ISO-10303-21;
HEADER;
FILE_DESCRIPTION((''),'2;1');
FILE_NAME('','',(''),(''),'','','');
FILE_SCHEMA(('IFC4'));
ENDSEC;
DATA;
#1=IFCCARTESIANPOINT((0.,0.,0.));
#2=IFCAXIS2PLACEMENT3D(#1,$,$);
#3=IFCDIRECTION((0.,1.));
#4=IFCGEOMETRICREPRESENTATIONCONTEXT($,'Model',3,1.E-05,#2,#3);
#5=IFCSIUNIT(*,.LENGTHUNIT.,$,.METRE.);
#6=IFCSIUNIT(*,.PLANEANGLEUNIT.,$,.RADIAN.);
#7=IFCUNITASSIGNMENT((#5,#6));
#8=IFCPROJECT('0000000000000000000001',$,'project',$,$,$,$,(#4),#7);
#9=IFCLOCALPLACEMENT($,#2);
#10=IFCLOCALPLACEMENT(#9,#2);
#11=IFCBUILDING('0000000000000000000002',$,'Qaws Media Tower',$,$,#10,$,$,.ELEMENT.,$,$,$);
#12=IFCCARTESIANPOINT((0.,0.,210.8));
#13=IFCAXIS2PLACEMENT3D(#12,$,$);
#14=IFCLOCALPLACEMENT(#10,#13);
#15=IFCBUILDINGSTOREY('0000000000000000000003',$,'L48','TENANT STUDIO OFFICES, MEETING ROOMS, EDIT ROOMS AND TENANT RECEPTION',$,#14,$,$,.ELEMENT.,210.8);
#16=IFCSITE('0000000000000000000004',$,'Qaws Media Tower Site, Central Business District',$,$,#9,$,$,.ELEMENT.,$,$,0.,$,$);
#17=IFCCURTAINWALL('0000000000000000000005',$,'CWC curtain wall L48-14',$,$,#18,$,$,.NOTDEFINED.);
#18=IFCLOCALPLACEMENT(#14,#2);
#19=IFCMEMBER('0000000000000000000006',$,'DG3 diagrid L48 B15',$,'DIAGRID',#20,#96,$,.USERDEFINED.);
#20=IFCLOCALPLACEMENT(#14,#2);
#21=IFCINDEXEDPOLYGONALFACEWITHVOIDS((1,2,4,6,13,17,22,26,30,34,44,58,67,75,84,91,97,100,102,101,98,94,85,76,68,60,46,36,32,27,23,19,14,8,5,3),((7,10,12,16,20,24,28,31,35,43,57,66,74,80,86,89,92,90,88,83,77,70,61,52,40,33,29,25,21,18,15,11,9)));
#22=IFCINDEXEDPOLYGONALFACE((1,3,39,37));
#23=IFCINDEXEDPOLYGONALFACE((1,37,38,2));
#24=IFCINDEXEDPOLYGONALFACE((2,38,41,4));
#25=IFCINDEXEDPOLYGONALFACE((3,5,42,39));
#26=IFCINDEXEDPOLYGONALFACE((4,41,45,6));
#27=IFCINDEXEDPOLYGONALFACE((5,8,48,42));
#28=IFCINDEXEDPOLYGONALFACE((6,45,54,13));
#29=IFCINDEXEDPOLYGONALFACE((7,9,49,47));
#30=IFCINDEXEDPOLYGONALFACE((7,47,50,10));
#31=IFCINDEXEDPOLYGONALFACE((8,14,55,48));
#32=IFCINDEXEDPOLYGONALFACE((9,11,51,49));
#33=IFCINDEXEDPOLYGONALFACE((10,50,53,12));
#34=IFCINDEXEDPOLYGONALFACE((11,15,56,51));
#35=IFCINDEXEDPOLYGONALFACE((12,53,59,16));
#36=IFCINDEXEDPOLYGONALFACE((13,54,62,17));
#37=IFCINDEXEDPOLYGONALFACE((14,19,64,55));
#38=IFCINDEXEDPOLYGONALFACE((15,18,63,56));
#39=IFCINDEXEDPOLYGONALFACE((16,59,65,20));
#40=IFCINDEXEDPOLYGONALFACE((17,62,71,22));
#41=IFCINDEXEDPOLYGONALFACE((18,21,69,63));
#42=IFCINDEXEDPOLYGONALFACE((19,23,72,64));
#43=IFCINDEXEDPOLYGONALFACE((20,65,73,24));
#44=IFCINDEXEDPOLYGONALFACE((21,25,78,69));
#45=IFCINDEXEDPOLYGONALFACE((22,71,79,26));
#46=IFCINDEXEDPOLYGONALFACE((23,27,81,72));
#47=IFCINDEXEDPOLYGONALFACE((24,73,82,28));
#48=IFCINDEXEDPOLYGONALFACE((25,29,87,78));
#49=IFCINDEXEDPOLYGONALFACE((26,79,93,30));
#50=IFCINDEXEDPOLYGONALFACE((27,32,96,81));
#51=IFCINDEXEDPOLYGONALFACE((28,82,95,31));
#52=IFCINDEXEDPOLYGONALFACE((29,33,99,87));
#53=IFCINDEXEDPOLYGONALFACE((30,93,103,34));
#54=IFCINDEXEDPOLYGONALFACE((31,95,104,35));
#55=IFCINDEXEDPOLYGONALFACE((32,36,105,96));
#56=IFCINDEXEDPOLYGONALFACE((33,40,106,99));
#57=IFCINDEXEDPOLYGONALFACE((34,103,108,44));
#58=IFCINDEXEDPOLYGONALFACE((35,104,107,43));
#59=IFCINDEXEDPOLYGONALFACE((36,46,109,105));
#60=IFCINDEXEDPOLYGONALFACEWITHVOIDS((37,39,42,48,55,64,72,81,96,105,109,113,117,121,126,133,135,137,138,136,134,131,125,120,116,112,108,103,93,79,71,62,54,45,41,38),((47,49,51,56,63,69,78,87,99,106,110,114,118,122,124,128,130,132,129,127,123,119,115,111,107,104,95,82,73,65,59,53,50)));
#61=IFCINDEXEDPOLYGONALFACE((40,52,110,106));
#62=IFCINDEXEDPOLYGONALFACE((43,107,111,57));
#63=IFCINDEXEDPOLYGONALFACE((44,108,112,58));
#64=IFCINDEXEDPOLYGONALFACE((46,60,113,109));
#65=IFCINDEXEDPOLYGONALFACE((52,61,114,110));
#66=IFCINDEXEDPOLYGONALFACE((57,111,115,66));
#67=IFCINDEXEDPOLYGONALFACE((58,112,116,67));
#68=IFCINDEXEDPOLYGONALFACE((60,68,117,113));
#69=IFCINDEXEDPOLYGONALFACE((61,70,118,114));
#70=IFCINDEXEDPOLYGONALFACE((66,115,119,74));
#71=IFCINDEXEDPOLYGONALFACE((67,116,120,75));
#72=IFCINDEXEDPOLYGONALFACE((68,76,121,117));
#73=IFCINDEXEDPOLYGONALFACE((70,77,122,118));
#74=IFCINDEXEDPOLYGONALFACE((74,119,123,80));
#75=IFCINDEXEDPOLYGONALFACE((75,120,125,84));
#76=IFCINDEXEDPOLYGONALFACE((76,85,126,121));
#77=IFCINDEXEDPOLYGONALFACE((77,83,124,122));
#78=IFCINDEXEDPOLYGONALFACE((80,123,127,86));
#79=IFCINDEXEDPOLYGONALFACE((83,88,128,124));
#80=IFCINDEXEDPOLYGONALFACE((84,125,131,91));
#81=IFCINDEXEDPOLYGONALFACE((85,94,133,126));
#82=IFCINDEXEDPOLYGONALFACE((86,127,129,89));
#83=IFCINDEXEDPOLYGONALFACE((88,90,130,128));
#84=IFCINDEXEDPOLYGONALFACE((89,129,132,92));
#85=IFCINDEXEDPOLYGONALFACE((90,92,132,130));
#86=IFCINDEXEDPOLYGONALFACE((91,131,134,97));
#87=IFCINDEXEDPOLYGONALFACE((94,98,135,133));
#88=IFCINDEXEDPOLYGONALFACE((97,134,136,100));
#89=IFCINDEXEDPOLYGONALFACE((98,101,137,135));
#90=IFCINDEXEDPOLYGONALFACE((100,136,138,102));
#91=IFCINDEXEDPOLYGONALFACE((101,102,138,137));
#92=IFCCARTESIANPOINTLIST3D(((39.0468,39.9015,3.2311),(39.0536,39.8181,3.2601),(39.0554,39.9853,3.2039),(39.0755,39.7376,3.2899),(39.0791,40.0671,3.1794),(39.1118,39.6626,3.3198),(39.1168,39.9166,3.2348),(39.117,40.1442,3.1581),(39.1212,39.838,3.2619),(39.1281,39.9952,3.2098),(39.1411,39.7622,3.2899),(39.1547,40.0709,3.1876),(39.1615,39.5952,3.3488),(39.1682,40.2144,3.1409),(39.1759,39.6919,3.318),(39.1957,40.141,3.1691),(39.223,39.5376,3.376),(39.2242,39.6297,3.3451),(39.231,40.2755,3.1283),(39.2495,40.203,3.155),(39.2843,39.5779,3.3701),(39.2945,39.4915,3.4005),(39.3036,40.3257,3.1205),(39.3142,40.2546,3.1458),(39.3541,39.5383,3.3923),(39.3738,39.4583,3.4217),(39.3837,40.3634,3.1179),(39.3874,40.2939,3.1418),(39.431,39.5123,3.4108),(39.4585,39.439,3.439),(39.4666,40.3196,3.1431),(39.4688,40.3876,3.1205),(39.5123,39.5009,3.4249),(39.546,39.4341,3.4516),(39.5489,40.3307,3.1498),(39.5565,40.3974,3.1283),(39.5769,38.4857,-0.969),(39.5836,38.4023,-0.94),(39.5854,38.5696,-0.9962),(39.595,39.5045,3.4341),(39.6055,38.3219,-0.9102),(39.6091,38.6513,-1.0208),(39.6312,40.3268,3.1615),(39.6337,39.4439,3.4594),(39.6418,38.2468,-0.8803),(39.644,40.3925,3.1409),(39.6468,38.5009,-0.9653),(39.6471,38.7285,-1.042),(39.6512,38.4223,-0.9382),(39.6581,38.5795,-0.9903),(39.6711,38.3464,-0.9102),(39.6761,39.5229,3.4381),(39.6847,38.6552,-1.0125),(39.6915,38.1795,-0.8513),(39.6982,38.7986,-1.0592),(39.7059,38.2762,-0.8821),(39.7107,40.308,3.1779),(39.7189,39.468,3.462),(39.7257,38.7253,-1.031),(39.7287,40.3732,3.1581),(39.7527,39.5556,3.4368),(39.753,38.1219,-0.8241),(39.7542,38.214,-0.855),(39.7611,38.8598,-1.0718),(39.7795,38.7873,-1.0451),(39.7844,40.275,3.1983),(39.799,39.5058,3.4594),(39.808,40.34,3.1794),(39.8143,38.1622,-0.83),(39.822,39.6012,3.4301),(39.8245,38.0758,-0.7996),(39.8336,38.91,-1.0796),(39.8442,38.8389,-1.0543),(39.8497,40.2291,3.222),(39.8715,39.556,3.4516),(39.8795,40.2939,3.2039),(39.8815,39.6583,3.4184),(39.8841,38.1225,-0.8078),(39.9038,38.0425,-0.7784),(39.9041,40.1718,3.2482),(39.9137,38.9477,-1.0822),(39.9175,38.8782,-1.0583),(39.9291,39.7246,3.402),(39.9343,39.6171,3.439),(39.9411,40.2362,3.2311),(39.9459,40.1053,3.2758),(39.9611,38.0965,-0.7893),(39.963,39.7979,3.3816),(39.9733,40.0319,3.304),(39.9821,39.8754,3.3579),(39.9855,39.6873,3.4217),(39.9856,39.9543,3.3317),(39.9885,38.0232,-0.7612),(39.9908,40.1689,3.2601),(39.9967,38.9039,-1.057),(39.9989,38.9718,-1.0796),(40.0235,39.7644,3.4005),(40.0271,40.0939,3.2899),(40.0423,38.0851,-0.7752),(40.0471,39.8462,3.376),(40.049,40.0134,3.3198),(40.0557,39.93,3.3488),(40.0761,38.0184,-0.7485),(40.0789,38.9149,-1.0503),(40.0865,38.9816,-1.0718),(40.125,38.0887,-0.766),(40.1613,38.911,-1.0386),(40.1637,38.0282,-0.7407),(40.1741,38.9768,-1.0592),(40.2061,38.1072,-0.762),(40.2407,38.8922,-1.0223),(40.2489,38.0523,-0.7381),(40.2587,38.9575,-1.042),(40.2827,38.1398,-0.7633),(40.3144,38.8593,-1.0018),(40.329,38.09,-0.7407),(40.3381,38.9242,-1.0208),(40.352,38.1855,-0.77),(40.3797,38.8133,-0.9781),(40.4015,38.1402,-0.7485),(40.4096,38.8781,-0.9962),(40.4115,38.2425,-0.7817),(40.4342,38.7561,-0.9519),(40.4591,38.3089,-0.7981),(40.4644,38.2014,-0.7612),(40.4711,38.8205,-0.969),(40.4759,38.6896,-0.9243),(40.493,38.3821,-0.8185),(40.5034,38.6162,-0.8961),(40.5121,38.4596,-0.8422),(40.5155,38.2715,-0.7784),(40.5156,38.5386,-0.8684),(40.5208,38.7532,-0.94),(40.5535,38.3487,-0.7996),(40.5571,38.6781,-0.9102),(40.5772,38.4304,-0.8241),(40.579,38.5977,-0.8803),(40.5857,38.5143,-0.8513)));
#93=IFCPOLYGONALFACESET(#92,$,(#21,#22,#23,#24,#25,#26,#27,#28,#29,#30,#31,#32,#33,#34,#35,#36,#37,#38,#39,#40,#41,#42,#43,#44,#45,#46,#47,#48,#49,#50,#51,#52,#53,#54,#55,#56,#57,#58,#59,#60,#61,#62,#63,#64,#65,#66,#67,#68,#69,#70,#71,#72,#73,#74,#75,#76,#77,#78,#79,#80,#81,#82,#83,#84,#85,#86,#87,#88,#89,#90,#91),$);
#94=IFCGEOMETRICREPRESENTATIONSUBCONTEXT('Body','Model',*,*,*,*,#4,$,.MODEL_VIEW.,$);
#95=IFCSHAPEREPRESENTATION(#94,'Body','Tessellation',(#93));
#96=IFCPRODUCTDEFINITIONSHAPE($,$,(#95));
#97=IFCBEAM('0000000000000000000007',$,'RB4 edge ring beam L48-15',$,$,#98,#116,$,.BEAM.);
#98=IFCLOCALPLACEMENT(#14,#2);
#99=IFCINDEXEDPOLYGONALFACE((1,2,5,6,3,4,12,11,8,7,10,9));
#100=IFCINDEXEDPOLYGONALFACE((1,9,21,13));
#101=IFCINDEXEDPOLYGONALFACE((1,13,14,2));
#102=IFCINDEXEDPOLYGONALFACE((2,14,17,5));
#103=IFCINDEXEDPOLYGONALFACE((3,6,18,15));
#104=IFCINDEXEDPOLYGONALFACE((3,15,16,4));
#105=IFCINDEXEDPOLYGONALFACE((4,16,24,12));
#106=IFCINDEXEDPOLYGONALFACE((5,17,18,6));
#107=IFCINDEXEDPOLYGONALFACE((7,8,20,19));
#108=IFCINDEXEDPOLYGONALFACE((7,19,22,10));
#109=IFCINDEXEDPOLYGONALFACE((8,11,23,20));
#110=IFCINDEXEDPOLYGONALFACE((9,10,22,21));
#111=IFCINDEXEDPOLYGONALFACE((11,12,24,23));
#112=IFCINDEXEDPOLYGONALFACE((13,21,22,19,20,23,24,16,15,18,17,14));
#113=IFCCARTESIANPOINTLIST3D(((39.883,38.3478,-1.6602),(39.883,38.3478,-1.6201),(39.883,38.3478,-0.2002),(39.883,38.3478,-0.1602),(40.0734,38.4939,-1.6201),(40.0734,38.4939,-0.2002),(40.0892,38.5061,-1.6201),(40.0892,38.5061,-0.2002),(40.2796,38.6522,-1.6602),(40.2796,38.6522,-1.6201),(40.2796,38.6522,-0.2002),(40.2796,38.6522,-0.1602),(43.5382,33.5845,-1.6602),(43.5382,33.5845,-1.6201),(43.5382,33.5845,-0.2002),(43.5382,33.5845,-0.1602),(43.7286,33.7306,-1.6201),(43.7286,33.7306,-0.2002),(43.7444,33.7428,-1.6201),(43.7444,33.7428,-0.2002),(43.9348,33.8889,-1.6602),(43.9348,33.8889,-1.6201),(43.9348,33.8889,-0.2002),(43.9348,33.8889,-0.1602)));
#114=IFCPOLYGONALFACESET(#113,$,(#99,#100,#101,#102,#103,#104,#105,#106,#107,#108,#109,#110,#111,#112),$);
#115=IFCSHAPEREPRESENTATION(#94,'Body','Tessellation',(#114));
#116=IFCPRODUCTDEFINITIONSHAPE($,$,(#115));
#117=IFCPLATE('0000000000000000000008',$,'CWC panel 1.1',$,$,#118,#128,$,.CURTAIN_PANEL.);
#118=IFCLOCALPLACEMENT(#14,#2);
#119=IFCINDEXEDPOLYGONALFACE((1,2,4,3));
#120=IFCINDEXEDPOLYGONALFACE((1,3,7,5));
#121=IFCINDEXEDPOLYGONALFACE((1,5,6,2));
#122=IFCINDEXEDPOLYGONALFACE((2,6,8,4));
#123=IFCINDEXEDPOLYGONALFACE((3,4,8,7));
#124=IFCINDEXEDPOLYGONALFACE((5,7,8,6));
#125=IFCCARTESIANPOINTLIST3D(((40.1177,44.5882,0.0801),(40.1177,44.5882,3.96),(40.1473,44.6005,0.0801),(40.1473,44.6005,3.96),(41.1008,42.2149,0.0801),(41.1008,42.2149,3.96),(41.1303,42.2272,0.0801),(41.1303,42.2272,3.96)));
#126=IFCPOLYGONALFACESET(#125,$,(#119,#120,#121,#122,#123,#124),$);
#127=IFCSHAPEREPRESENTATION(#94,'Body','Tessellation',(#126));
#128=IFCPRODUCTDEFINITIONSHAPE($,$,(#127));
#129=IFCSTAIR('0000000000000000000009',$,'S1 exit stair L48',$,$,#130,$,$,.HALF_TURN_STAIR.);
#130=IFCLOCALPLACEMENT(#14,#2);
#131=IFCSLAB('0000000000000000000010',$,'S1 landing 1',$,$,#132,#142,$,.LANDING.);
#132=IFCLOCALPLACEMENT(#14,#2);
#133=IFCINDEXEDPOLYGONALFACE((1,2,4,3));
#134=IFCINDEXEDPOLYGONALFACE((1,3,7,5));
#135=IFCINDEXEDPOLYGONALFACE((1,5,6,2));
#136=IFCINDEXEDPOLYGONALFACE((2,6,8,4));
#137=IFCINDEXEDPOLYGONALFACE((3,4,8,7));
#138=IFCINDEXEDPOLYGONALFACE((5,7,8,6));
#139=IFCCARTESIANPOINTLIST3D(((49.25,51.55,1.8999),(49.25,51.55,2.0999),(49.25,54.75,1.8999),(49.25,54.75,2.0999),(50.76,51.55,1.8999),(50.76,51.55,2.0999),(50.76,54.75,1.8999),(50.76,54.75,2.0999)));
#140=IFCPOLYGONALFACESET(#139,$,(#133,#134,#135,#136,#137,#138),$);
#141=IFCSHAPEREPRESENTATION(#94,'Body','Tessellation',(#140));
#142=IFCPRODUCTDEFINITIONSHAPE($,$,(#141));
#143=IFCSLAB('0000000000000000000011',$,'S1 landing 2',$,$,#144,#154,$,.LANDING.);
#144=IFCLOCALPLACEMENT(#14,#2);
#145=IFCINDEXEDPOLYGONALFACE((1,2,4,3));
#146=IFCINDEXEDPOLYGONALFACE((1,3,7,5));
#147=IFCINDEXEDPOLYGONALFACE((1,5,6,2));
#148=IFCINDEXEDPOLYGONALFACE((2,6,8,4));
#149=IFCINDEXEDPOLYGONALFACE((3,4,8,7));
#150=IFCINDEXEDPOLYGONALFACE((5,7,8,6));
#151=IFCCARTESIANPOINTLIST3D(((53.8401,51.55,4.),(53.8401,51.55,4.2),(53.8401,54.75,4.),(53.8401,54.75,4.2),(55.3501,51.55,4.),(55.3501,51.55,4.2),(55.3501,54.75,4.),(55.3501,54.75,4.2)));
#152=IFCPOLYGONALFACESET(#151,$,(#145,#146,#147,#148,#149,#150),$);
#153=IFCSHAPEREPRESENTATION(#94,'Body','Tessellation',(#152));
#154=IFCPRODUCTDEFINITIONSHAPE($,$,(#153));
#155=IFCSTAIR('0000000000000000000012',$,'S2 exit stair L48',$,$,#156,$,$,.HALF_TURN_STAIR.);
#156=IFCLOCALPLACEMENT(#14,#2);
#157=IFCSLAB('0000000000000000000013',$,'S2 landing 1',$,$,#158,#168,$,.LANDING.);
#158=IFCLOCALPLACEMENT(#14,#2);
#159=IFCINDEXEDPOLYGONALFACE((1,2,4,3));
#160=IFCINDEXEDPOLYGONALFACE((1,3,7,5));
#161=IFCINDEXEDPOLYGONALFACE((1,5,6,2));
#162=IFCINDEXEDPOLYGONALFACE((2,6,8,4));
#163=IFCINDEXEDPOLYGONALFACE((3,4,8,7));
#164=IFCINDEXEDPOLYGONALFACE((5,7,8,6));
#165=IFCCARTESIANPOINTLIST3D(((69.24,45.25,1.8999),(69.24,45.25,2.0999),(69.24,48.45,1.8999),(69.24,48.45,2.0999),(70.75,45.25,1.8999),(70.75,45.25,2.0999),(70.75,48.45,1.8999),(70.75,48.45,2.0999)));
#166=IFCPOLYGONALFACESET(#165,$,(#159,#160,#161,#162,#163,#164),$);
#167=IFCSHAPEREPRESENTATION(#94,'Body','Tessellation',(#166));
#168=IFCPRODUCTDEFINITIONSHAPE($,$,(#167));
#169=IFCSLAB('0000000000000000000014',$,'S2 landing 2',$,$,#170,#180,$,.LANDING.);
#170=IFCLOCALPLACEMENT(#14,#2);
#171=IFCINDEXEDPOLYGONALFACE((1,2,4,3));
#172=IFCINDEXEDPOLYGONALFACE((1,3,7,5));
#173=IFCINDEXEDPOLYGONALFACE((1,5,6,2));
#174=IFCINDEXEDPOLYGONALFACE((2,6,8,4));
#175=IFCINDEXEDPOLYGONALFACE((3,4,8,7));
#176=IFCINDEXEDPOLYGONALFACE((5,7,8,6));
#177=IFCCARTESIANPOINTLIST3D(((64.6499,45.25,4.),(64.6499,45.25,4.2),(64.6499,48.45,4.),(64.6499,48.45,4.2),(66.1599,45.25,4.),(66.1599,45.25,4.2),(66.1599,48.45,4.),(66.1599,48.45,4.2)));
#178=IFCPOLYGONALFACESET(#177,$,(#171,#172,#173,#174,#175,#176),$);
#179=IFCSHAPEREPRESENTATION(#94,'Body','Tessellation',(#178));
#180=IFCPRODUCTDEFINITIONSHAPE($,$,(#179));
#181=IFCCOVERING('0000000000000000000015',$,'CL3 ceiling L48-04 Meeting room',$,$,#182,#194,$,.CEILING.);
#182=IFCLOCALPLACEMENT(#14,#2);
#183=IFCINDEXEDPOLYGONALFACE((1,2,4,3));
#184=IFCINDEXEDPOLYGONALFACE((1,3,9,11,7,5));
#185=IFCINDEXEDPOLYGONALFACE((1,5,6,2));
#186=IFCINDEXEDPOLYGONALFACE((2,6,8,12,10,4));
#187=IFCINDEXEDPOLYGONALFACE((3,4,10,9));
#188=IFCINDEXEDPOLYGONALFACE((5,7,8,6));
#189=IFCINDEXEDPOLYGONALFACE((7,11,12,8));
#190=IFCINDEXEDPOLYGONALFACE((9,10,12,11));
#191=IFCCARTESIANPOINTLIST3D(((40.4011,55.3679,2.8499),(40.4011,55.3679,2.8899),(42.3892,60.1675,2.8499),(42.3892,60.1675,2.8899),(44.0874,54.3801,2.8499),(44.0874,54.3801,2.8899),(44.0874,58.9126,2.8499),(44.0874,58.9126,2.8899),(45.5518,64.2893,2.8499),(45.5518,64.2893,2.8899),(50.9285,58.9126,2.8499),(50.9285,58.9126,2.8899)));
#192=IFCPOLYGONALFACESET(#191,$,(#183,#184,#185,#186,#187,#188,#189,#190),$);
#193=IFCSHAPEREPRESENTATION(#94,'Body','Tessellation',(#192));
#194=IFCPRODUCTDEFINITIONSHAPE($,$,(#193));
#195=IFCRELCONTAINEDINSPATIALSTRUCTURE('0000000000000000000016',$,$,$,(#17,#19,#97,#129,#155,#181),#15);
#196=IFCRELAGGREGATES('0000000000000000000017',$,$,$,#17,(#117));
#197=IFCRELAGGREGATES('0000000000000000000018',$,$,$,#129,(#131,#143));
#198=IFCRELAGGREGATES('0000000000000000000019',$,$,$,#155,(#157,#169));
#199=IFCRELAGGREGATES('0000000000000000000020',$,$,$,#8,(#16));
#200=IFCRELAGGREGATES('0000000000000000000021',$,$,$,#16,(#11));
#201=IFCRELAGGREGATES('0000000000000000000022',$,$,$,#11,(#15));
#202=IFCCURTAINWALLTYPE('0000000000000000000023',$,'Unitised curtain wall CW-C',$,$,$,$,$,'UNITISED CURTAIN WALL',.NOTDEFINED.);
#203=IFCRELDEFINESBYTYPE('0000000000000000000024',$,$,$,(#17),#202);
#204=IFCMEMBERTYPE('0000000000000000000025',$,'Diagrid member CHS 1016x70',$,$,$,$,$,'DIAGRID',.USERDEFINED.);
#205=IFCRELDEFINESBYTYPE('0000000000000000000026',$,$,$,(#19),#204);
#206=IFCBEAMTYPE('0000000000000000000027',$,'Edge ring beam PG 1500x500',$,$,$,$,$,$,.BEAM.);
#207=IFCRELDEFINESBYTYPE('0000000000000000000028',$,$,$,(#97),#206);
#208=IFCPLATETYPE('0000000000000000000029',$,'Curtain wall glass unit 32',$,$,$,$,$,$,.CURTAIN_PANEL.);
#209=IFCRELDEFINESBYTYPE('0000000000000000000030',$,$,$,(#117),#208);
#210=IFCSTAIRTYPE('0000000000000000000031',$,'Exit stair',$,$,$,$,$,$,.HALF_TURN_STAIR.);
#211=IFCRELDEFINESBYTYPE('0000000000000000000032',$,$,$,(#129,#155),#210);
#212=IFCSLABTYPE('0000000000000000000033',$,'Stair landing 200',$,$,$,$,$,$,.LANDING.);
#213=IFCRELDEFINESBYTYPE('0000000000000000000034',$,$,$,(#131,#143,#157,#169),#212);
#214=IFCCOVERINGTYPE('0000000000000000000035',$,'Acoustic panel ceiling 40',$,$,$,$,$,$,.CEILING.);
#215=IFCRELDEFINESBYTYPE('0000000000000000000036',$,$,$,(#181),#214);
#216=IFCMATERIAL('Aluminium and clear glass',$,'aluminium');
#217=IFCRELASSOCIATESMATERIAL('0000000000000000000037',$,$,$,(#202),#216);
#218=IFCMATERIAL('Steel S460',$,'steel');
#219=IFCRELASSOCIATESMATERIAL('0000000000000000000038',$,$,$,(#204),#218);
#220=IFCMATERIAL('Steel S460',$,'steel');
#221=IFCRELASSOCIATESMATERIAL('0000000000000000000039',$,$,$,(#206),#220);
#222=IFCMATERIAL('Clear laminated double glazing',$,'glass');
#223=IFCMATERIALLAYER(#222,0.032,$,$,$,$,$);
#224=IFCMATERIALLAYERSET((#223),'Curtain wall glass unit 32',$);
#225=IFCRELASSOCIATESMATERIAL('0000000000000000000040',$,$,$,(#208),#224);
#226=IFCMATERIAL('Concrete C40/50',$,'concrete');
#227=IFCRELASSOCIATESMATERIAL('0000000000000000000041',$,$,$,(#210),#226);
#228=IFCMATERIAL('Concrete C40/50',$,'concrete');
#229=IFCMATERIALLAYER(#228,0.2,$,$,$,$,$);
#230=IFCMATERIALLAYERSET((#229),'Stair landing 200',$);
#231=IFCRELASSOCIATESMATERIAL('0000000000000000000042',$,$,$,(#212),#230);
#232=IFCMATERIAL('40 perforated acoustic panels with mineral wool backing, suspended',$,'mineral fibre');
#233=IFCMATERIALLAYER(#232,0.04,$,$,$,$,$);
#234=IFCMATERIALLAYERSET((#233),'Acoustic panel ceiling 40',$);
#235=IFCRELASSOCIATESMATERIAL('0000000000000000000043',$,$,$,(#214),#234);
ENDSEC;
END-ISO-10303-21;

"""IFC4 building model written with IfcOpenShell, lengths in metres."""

from ifc_helpers import new_model, si_unit, direction, frame, origin, origin_2d, place, context, subcontext, project, spatial, polyline, rectangle, hollow_circle, i_section, outline, extrude, material, layer, layer_set, material_profile, profile_set, type_object, element, aggregate, save


model = new_model("IFC4")

# Units and contexts
model_context = context("Model", 3, precision=1e-05, world=origin(), true_north=direction((0.0, 1.0)))
body_context = subcontext(model_context, "Body", "Model", "MODEL_VIEW")
ifc_project = project(units=[si_unit("LENGTHUNIT", "METRE"), si_unit("PLANEANGLEUNIT", "RADIAN")], contexts=[model_context])

# Site, building, storey
site_placement = place(None, origin())
site = spatial("IfcSite", under=ifc_project, at=site_placement, Name="Qaws Media Tower Site, Central Business District", CompositionType="ELEMENT", RefElevation=0.0)
building_placement = place(site_placement, origin())
building = spatial("IfcBuilding", under=site, at=building_placement, Name="Qaws Media Tower", CompositionType="ELEMENT")
storey_placement = place(building_placement, frame((0.0, 0.0, 210.8)))
storey = spatial("IfcBuildingStorey", under=building, at=storey_placement, Name="L48", Description="TENANT STUDIO OFFICES, MEETING ROOMS, EDIT ROOMS AND TENANT RECEPTION", CompositionType="ELEMENT", Elevation=210.8)

# Curtain wall
ifc_material_1 = material(Name="Aluminium and clear glass", Category="aluminium")
curtain_wall_type = type_object("IfcCurtainWallType", Name="Unitised curtain wall CW-C", ElementType="UNITISED CURTAIN WALL", PredefinedType="NOTDEFINED", material=ifc_material_1)
curtain_wall_placement = place(storey_placement, origin())
curtain_wall = element("IfcCurtainWall", 1, at=curtain_wall_placement, inside=storey, type_object=curtain_wall_type, Name="CWC curtain wall L48-14", PredefinedType="NOTDEFINED")

# Member
ifc_material_2 = material(Name="Steel S460", Category="steel")
ifc_material_profile_1 = material_profile(ifc_material_2, hollow_circle(Radius=0.5081, WallThickness=0.0701, at=origin_2d()), Name="CHS 1016x70")
ifc_profile_set_1 = profile_set([ifc_material_profile_1], Name="Steel S460")
member_type_1 = type_object("IfcMemberType", Name="Diagrid member CHS 1016x70", ElementType="DIAGRID", PredefinedType="USERDEFINED", material=ifc_profile_set_1)
member_1_placement = place(storey_placement, frame((40.0813, 38.5, -0.9102), z_axis=(-0.118735, 0.317156, 0.940911), x_axis=(-0.936522, -0.35061, 0.0)))
element("IfcMember", 2, at=member_1_placement, inside=storey, type_object=member_type_1, Name="DG3 diagrid L48 B15", ObjectType="DIAGRID", PredefinedType="USERDEFINED", context=body_context, shape_type="SweptSolid", body=[
    extrude(hollow_circle(Radius=0.5081, WallThickness=0.0701, at=origin_2d()), origin(), (0.0, 0.0, 1.0), 4.4639),
])

# Beam
ifc_material_3 = material(Name="Steel S460", Category="steel")
ifc_material_profile_2 = material_profile(ifc_material_3, i_section(OverallWidth=0.5, OverallDepth=1.5, WebThickness=0.02, FlangeThickness=0.04, at=origin_2d()), Name="PG 1500x500")
ifc_profile_set_2 = profile_set([ifc_material_profile_2], Name="Steel S460")
beam_type = type_object("IfcBeamType", Name="Edge ring beam PG 1500x500", PredefinedType="BEAM", material=ifc_profile_set_2)
beam_placement = place(storey_placement, frame((40.0813, 38.5, -0.9102), z_axis=(0.608779, -0.79334, 0.0), x_axis=(0.79334, 0.608779, 0.0)))
element("IfcBeam", 3, at=beam_placement, inside=storey, type_object=beam_type, Name="RB4 edge ring beam L48-15", PredefinedType="BEAM", context=body_context, shape_type="SweptSolid", body=[
    extrude(i_section(OverallWidth=0.5, OverallDepth=1.5, WebThickness=0.02, FlangeThickness=0.04, at=origin_2d()), origin(), (0.0, 0.0, 1.0), 6.0042),
])

# Plate
ifc_material_4 = material(Name="Clear laminated double glazing", Category="glass")
ifc_layer_1 = layer(ifc_material_4, 0.032)
ifc_layer_set_1 = layer_set([ifc_layer_1], Name="Curtain wall glass unit 32")
plate_type = type_object("IfcPlateType", Name="Curtain wall glass unit 32", PredefinedType="CURTAIN_PANEL", material=ifc_layer_set_1)
plate_placement = place(storey_placement, frame((40.624, 43.4077, 0.0801), z_axis=(0.0, 0.0, 1.0), x_axis=(0.382683, -0.92388, 0.0)))
plate = element("IfcPlate", 4, at=plate_placement, type_object=plate_type, Name="CWC panel 1.1", PredefinedType="CURTAIN_PANEL", context=body_context, shape_type="SweptSolid", body=[
    extrude(rectangle(XDim=2.5688, YDim=0.032, at=origin_2d()), origin(), (0.0, 0.0, 1.0), 3.8799),
])
aggregate(curtain_wall, [plate])

# Stairs, slabs
ifc_material_5 = material(Name="Concrete C40/50", Category="concrete")
stair_type = type_object("IfcStairType", Name="Exit stair", PredefinedType="HALF_TURN_STAIR", material=ifc_material_5)
stair_1_placement = place(storey_placement, origin())
stair_1 = element("IfcStair", 5, at=stair_1_placement, inside=storey, type_object=stair_type, Name="S1 exit stair L48", PredefinedType="HALF_TURN_STAIR")
ifc_material_6 = material(Name="Concrete C40/50", Category="concrete")
ifc_layer_2 = layer(ifc_material_6, 0.2)
ifc_layer_set_2 = layer_set([ifc_layer_2], Name="Stair landing 200")
slab_type = type_object("IfcSlabType", Name="Stair landing 200", PredefinedType="LANDING", material=ifc_layer_set_2)
slab_1_placement = place(storey_placement, frame((0.0, 0.0, 1.8999)))
slab_1 = element("IfcSlab", 6, at=slab_1_placement, type_object=slab_type, Name="S1 landing 1", PredefinedType="LANDING", context=body_context, shape_type="SweptSolid", body=[
    extrude(outline(polyline([(49.25, 51.55), (50.76, 51.55), (50.76, 54.75), (49.25, 54.75), (49.25, 51.55)])), origin(), (0.0, 0.0, 1.0), 0.2),
])
slab_2_placement = place(storey_placement, frame((0.0, 0.0, 4.0)))
slab_2 = element("IfcSlab", 7, at=slab_2_placement, type_object=slab_type, Name="S1 landing 2", PredefinedType="LANDING", context=body_context, shape_type="SweptSolid", body=[
    extrude(outline(polyline([(53.8401, 51.55), (55.3501, 51.55), (55.3501, 54.75), (53.8401, 54.75), (53.8401, 51.55)])), origin(), (0.0, 0.0, 1.0), 0.2),
])
aggregate(stair_1, [slab_1, slab_2])
stair_2_placement = place(storey_placement, origin())
stair_2 = element("IfcStair", 8, at=stair_2_placement, inside=storey, type_object=stair_type, Name="S2 exit stair L48", PredefinedType="HALF_TURN_STAIR")
slab_3_placement = place(storey_placement, frame((0.0, 0.0, 1.8999)))
slab_3 = element("IfcSlab", 9, at=slab_3_placement, type_object=slab_type, Name="S2 landing 1", PredefinedType="LANDING", context=body_context, shape_type="SweptSolid", body=[
    extrude(outline(polyline([(69.24, 45.25), (70.75, 45.25), (70.75, 48.45), (69.24, 48.45), (69.24, 45.25)])), origin(), (0.0, 0.0, 1.0), 0.2),
])
slab_4_placement = place(storey_placement, frame((0.0, 0.0, 4.0)))
slab_4 = element("IfcSlab", 10, at=slab_4_placement, type_object=slab_type, Name="S2 landing 2", PredefinedType="LANDING", context=body_context, shape_type="SweptSolid", body=[
    extrude(outline(polyline([(64.6499, 45.25), (66.1599, 45.25), (66.1599, 48.45), (64.6499, 48.45), (64.6499, 45.25)])), origin(), (0.0, 0.0, 1.0), 0.2),
])
aggregate(stair_2, [slab_3, slab_4])

# Covering
ifc_material_7 = material(Name="40 perforated acoustic panels with mineral wool backing, suspended", Category="mineral fibre")
ifc_layer_3 = layer(ifc_material_7, 0.04)
ifc_layer_set_3 = layer_set([ifc_layer_3], Name="Acoustic panel ceiling 40")
covering_type_1 = type_object("IfcCoveringType", Name="Acoustic panel ceiling 40", PredefinedType="CEILING", material=ifc_layer_set_3)
covering_1_placement = place(storey_placement, frame((0.0, 0.0, 2.8499)))
element("IfcCovering", 11, at=covering_1_placement, inside=storey, type_object=covering_type_1, Name="CL3 ceiling L48-04 Meeting room", PredefinedType="CEILING", context=body_context, shape_type="SweptSolid", body=[
    extrude(outline(polyline([(42.3892, 60.1675), (45.5518, 64.2893), (50.9285, 58.9126), (44.0874, 58.9126), (44.0874, 54.3801), (40.4011, 55.3679), (42.3892, 60.1675)])), origin(), (0.0, 0.0, 1.0), 0.04),
])

save(model, "model.ifc")
